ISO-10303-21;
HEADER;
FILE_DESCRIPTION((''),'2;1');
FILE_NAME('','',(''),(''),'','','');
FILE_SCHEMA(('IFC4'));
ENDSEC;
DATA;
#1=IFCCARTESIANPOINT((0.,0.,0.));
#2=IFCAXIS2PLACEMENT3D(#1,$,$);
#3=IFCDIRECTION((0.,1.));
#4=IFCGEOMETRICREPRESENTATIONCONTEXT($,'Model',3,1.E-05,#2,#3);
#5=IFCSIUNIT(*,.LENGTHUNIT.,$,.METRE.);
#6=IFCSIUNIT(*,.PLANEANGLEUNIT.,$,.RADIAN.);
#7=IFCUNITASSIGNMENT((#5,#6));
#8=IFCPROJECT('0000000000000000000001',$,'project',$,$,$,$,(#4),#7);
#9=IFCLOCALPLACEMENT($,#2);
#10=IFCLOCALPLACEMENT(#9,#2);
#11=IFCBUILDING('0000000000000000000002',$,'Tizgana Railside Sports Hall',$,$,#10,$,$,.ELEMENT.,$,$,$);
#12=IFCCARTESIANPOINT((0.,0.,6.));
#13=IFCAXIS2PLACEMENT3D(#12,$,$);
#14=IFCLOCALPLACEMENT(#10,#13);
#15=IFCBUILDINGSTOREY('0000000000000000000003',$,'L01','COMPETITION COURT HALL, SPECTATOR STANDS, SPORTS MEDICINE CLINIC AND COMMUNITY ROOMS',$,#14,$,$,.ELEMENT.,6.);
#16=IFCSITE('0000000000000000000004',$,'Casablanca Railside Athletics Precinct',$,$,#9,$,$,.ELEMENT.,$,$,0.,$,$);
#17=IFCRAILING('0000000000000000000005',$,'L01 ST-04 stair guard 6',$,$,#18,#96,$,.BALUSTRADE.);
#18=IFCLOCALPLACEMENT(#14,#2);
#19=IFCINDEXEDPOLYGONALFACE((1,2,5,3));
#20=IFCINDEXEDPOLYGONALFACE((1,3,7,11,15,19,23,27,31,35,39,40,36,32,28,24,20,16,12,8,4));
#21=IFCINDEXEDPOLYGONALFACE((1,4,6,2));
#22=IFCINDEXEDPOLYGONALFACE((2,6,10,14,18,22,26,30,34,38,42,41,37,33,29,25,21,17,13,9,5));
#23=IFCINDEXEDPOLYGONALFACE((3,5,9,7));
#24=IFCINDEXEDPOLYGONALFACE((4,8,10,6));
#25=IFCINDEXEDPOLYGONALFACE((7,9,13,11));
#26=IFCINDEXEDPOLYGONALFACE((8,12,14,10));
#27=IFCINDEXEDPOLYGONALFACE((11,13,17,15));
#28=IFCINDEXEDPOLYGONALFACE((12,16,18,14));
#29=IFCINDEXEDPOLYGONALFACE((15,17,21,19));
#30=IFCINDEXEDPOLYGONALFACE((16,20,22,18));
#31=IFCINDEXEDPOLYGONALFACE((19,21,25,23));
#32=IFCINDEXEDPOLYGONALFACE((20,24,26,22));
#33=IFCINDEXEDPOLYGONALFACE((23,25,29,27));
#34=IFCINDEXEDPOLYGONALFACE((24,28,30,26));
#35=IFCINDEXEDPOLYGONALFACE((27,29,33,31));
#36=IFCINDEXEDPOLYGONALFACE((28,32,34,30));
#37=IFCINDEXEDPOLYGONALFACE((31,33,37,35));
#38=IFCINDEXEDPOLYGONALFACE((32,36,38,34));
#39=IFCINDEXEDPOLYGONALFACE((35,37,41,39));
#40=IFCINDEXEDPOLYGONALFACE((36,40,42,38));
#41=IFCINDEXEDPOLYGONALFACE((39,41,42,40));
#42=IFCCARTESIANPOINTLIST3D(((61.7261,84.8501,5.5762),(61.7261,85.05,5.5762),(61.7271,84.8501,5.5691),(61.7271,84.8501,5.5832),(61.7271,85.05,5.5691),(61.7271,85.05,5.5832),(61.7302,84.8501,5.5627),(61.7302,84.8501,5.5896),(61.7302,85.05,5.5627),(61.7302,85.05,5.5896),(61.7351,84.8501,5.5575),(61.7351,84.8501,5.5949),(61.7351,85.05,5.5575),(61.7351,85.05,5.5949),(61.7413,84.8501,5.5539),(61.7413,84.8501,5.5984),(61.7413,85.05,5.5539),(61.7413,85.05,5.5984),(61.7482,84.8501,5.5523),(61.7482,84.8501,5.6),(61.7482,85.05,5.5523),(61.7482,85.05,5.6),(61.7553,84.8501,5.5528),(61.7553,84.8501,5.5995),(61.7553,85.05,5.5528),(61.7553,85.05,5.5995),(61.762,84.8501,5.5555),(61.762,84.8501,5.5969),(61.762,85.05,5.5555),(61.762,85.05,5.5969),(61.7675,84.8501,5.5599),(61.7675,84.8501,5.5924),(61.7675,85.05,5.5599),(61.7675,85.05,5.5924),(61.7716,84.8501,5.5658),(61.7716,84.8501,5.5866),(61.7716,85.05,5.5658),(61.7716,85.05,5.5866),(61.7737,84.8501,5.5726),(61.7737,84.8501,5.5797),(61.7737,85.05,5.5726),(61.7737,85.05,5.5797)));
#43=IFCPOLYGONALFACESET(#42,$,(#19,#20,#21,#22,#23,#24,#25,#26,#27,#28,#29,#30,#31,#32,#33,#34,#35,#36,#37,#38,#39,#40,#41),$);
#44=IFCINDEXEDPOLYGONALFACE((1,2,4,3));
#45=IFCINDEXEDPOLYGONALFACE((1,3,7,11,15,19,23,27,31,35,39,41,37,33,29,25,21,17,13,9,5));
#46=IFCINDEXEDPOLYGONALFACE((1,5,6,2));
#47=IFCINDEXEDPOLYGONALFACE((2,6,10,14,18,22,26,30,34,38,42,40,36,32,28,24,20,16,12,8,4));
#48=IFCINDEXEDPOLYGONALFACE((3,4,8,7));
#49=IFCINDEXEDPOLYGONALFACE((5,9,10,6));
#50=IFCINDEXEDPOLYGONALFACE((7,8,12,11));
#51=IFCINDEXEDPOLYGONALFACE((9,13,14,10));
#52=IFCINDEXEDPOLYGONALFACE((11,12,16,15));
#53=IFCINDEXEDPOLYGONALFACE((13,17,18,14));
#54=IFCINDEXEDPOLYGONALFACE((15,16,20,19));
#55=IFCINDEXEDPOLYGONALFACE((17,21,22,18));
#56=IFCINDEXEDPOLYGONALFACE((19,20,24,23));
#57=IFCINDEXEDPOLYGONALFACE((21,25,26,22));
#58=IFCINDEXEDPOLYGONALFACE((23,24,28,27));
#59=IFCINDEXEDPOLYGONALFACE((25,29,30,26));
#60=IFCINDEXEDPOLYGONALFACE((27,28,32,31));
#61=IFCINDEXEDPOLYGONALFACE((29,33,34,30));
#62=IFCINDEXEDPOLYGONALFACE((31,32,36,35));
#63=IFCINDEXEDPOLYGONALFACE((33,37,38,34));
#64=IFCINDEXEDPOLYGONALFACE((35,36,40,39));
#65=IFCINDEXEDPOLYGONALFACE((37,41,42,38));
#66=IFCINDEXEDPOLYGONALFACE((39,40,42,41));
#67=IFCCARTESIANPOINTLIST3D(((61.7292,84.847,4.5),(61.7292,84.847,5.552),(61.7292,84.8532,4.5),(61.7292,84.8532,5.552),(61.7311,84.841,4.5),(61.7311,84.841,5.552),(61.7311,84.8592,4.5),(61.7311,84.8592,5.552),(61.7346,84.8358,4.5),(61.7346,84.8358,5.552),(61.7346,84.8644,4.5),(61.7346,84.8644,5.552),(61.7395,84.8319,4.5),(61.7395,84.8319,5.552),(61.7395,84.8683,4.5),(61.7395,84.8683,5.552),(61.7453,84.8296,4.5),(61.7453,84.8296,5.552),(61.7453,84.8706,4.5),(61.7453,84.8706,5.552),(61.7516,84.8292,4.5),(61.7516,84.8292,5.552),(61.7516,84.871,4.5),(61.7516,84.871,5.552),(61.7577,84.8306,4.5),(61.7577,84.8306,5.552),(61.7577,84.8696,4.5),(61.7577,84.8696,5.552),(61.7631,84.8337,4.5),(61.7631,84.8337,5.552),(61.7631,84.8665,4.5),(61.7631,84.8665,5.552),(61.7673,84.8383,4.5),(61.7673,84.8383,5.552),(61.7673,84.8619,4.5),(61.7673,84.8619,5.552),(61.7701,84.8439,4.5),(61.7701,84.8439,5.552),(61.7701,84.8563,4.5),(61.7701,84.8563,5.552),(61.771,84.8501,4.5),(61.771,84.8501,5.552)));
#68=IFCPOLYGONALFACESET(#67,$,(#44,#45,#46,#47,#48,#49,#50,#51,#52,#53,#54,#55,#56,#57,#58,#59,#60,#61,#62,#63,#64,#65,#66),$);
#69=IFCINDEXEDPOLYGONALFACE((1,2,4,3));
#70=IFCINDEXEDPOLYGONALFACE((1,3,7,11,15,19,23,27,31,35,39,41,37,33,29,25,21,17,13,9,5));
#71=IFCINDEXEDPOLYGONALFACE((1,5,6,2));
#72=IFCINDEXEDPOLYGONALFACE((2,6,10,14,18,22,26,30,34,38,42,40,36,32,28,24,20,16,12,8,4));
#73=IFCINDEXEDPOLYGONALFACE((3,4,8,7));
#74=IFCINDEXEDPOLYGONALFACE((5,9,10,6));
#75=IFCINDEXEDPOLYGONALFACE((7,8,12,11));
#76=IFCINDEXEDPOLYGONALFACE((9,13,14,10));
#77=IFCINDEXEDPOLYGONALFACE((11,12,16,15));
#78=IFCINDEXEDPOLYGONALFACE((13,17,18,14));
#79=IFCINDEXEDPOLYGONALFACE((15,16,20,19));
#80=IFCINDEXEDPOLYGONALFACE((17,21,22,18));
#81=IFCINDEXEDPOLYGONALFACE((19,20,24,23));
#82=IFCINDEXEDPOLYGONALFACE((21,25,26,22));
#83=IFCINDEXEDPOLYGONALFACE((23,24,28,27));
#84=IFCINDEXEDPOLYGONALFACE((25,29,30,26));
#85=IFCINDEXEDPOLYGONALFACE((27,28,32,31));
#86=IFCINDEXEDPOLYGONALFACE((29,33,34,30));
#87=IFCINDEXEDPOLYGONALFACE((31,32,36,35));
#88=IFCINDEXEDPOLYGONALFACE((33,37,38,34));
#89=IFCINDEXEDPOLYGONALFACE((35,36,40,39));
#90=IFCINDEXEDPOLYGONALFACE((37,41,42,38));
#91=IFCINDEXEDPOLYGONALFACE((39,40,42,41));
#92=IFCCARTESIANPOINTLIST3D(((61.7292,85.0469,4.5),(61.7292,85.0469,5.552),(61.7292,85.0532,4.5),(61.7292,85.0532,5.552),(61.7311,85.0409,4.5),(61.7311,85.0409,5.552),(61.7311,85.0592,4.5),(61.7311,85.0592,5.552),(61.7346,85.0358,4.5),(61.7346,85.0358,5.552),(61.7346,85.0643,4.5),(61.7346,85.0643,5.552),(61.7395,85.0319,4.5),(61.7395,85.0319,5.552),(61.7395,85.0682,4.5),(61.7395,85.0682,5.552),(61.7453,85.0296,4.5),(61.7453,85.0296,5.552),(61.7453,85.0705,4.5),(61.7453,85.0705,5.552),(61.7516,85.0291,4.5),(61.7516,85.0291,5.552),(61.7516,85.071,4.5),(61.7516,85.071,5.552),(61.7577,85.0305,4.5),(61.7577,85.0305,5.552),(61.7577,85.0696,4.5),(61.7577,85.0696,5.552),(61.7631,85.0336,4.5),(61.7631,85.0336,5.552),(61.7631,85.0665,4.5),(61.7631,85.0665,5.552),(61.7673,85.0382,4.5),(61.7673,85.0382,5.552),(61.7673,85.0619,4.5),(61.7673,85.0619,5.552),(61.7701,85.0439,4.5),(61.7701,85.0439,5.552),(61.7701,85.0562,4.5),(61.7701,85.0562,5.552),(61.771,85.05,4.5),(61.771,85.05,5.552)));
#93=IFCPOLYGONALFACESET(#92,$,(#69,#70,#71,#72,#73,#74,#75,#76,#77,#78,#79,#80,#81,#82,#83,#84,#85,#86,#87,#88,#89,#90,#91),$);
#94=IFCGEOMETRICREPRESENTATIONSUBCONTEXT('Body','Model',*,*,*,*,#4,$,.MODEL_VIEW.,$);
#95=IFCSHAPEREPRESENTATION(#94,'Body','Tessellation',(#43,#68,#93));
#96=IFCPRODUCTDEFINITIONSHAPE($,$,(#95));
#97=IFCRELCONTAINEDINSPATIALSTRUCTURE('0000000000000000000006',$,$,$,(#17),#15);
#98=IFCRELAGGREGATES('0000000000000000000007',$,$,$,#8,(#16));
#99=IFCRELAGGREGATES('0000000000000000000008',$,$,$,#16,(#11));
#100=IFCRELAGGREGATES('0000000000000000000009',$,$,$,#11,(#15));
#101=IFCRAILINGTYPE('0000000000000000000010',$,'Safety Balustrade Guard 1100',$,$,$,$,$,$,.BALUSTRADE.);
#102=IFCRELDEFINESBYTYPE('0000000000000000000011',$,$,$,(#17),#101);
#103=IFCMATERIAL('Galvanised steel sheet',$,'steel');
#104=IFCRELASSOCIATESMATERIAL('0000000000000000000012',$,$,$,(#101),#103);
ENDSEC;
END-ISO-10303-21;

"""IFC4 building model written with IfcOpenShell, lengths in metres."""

from ifc_helpers import new_model, si_unit, direction, frame, origin, origin_2d, place, context, subcontext, project, spatial, circle, extrude, material, type_object, element, save


model = new_model("IFC4")

# Units and contexts
model_context = context("Model", 3, precision=1e-05, world=origin(), true_north=direction((0.0, 1.0)))
body_context = subcontext(model_context, "Body", "Model", "MODEL_VIEW")
ifc_project = project(units=[si_unit("LENGTHUNIT", "METRE"), si_unit("PLANEANGLEUNIT", "RADIAN")], contexts=[model_context])

# Site, building, storey
site_placement = place(None, origin())
site = spatial("IfcSite", under=ifc_project, at=site_placement, Name="Casablanca Railside Athletics Precinct", CompositionType="ELEMENT", RefElevation=0.0)
building_placement = place(site_placement, origin())
building = spatial("IfcBuilding", under=site, at=building_placement, Name="Tizgana Railside Sports Hall", CompositionType="ELEMENT")
storey_placement = place(building_placement, frame((0.0, 0.0, 6.0)))
storey = spatial("IfcBuildingStorey", under=building, at=storey_placement, Name="L01", Description="COMPETITION COURT HALL, SPECTATOR STANDS, SPORTS MEDICINE CLINIC AND COMMUNITY ROOMS", CompositionType="ELEMENT", Elevation=6.0)

# Railing
ifc_material_1 = material(Name="Galvanised steel sheet", Category="steel")
railing_type_1 = type_object("IfcRailingType", Name="Safety Balustrade Guard 1100", PredefinedType="BALUSTRADE", material=ifc_material_1)
for number, where, name in (
    (1, (61.75, 84.8501, 4.5), "L01 ST-04 stair guard 6"),
):
    element("IfcRailing", number, at=place(storey_placement, frame(where)), inside=storey, type_object=railing_type_1, Name=name, PredefinedType="BALUSTRADE", context=body_context, shape_type="SweptSolid", body=[
        extrude(circle(Radius=0.0239, at=origin_2d()), frame((0.0, 0.0, 1.0762), z_axis=(0.0, 1.0, 0.0), x_axis=(-1.0, 0.0, 0.0)), (0.0, 0.0, 1.0), 0.2),
        extrude(circle(Radius=0.021, at=origin_2d()), origin(), (0.0, 0.0, 1.0), 1.052),
        extrude(circle(Radius=0.021, at=origin_2d()), frame((0.0, 0.2, 0.0)), (0.0, 0.0, 1.0), 1.052),
    ])

save(model, "model.ifc")
